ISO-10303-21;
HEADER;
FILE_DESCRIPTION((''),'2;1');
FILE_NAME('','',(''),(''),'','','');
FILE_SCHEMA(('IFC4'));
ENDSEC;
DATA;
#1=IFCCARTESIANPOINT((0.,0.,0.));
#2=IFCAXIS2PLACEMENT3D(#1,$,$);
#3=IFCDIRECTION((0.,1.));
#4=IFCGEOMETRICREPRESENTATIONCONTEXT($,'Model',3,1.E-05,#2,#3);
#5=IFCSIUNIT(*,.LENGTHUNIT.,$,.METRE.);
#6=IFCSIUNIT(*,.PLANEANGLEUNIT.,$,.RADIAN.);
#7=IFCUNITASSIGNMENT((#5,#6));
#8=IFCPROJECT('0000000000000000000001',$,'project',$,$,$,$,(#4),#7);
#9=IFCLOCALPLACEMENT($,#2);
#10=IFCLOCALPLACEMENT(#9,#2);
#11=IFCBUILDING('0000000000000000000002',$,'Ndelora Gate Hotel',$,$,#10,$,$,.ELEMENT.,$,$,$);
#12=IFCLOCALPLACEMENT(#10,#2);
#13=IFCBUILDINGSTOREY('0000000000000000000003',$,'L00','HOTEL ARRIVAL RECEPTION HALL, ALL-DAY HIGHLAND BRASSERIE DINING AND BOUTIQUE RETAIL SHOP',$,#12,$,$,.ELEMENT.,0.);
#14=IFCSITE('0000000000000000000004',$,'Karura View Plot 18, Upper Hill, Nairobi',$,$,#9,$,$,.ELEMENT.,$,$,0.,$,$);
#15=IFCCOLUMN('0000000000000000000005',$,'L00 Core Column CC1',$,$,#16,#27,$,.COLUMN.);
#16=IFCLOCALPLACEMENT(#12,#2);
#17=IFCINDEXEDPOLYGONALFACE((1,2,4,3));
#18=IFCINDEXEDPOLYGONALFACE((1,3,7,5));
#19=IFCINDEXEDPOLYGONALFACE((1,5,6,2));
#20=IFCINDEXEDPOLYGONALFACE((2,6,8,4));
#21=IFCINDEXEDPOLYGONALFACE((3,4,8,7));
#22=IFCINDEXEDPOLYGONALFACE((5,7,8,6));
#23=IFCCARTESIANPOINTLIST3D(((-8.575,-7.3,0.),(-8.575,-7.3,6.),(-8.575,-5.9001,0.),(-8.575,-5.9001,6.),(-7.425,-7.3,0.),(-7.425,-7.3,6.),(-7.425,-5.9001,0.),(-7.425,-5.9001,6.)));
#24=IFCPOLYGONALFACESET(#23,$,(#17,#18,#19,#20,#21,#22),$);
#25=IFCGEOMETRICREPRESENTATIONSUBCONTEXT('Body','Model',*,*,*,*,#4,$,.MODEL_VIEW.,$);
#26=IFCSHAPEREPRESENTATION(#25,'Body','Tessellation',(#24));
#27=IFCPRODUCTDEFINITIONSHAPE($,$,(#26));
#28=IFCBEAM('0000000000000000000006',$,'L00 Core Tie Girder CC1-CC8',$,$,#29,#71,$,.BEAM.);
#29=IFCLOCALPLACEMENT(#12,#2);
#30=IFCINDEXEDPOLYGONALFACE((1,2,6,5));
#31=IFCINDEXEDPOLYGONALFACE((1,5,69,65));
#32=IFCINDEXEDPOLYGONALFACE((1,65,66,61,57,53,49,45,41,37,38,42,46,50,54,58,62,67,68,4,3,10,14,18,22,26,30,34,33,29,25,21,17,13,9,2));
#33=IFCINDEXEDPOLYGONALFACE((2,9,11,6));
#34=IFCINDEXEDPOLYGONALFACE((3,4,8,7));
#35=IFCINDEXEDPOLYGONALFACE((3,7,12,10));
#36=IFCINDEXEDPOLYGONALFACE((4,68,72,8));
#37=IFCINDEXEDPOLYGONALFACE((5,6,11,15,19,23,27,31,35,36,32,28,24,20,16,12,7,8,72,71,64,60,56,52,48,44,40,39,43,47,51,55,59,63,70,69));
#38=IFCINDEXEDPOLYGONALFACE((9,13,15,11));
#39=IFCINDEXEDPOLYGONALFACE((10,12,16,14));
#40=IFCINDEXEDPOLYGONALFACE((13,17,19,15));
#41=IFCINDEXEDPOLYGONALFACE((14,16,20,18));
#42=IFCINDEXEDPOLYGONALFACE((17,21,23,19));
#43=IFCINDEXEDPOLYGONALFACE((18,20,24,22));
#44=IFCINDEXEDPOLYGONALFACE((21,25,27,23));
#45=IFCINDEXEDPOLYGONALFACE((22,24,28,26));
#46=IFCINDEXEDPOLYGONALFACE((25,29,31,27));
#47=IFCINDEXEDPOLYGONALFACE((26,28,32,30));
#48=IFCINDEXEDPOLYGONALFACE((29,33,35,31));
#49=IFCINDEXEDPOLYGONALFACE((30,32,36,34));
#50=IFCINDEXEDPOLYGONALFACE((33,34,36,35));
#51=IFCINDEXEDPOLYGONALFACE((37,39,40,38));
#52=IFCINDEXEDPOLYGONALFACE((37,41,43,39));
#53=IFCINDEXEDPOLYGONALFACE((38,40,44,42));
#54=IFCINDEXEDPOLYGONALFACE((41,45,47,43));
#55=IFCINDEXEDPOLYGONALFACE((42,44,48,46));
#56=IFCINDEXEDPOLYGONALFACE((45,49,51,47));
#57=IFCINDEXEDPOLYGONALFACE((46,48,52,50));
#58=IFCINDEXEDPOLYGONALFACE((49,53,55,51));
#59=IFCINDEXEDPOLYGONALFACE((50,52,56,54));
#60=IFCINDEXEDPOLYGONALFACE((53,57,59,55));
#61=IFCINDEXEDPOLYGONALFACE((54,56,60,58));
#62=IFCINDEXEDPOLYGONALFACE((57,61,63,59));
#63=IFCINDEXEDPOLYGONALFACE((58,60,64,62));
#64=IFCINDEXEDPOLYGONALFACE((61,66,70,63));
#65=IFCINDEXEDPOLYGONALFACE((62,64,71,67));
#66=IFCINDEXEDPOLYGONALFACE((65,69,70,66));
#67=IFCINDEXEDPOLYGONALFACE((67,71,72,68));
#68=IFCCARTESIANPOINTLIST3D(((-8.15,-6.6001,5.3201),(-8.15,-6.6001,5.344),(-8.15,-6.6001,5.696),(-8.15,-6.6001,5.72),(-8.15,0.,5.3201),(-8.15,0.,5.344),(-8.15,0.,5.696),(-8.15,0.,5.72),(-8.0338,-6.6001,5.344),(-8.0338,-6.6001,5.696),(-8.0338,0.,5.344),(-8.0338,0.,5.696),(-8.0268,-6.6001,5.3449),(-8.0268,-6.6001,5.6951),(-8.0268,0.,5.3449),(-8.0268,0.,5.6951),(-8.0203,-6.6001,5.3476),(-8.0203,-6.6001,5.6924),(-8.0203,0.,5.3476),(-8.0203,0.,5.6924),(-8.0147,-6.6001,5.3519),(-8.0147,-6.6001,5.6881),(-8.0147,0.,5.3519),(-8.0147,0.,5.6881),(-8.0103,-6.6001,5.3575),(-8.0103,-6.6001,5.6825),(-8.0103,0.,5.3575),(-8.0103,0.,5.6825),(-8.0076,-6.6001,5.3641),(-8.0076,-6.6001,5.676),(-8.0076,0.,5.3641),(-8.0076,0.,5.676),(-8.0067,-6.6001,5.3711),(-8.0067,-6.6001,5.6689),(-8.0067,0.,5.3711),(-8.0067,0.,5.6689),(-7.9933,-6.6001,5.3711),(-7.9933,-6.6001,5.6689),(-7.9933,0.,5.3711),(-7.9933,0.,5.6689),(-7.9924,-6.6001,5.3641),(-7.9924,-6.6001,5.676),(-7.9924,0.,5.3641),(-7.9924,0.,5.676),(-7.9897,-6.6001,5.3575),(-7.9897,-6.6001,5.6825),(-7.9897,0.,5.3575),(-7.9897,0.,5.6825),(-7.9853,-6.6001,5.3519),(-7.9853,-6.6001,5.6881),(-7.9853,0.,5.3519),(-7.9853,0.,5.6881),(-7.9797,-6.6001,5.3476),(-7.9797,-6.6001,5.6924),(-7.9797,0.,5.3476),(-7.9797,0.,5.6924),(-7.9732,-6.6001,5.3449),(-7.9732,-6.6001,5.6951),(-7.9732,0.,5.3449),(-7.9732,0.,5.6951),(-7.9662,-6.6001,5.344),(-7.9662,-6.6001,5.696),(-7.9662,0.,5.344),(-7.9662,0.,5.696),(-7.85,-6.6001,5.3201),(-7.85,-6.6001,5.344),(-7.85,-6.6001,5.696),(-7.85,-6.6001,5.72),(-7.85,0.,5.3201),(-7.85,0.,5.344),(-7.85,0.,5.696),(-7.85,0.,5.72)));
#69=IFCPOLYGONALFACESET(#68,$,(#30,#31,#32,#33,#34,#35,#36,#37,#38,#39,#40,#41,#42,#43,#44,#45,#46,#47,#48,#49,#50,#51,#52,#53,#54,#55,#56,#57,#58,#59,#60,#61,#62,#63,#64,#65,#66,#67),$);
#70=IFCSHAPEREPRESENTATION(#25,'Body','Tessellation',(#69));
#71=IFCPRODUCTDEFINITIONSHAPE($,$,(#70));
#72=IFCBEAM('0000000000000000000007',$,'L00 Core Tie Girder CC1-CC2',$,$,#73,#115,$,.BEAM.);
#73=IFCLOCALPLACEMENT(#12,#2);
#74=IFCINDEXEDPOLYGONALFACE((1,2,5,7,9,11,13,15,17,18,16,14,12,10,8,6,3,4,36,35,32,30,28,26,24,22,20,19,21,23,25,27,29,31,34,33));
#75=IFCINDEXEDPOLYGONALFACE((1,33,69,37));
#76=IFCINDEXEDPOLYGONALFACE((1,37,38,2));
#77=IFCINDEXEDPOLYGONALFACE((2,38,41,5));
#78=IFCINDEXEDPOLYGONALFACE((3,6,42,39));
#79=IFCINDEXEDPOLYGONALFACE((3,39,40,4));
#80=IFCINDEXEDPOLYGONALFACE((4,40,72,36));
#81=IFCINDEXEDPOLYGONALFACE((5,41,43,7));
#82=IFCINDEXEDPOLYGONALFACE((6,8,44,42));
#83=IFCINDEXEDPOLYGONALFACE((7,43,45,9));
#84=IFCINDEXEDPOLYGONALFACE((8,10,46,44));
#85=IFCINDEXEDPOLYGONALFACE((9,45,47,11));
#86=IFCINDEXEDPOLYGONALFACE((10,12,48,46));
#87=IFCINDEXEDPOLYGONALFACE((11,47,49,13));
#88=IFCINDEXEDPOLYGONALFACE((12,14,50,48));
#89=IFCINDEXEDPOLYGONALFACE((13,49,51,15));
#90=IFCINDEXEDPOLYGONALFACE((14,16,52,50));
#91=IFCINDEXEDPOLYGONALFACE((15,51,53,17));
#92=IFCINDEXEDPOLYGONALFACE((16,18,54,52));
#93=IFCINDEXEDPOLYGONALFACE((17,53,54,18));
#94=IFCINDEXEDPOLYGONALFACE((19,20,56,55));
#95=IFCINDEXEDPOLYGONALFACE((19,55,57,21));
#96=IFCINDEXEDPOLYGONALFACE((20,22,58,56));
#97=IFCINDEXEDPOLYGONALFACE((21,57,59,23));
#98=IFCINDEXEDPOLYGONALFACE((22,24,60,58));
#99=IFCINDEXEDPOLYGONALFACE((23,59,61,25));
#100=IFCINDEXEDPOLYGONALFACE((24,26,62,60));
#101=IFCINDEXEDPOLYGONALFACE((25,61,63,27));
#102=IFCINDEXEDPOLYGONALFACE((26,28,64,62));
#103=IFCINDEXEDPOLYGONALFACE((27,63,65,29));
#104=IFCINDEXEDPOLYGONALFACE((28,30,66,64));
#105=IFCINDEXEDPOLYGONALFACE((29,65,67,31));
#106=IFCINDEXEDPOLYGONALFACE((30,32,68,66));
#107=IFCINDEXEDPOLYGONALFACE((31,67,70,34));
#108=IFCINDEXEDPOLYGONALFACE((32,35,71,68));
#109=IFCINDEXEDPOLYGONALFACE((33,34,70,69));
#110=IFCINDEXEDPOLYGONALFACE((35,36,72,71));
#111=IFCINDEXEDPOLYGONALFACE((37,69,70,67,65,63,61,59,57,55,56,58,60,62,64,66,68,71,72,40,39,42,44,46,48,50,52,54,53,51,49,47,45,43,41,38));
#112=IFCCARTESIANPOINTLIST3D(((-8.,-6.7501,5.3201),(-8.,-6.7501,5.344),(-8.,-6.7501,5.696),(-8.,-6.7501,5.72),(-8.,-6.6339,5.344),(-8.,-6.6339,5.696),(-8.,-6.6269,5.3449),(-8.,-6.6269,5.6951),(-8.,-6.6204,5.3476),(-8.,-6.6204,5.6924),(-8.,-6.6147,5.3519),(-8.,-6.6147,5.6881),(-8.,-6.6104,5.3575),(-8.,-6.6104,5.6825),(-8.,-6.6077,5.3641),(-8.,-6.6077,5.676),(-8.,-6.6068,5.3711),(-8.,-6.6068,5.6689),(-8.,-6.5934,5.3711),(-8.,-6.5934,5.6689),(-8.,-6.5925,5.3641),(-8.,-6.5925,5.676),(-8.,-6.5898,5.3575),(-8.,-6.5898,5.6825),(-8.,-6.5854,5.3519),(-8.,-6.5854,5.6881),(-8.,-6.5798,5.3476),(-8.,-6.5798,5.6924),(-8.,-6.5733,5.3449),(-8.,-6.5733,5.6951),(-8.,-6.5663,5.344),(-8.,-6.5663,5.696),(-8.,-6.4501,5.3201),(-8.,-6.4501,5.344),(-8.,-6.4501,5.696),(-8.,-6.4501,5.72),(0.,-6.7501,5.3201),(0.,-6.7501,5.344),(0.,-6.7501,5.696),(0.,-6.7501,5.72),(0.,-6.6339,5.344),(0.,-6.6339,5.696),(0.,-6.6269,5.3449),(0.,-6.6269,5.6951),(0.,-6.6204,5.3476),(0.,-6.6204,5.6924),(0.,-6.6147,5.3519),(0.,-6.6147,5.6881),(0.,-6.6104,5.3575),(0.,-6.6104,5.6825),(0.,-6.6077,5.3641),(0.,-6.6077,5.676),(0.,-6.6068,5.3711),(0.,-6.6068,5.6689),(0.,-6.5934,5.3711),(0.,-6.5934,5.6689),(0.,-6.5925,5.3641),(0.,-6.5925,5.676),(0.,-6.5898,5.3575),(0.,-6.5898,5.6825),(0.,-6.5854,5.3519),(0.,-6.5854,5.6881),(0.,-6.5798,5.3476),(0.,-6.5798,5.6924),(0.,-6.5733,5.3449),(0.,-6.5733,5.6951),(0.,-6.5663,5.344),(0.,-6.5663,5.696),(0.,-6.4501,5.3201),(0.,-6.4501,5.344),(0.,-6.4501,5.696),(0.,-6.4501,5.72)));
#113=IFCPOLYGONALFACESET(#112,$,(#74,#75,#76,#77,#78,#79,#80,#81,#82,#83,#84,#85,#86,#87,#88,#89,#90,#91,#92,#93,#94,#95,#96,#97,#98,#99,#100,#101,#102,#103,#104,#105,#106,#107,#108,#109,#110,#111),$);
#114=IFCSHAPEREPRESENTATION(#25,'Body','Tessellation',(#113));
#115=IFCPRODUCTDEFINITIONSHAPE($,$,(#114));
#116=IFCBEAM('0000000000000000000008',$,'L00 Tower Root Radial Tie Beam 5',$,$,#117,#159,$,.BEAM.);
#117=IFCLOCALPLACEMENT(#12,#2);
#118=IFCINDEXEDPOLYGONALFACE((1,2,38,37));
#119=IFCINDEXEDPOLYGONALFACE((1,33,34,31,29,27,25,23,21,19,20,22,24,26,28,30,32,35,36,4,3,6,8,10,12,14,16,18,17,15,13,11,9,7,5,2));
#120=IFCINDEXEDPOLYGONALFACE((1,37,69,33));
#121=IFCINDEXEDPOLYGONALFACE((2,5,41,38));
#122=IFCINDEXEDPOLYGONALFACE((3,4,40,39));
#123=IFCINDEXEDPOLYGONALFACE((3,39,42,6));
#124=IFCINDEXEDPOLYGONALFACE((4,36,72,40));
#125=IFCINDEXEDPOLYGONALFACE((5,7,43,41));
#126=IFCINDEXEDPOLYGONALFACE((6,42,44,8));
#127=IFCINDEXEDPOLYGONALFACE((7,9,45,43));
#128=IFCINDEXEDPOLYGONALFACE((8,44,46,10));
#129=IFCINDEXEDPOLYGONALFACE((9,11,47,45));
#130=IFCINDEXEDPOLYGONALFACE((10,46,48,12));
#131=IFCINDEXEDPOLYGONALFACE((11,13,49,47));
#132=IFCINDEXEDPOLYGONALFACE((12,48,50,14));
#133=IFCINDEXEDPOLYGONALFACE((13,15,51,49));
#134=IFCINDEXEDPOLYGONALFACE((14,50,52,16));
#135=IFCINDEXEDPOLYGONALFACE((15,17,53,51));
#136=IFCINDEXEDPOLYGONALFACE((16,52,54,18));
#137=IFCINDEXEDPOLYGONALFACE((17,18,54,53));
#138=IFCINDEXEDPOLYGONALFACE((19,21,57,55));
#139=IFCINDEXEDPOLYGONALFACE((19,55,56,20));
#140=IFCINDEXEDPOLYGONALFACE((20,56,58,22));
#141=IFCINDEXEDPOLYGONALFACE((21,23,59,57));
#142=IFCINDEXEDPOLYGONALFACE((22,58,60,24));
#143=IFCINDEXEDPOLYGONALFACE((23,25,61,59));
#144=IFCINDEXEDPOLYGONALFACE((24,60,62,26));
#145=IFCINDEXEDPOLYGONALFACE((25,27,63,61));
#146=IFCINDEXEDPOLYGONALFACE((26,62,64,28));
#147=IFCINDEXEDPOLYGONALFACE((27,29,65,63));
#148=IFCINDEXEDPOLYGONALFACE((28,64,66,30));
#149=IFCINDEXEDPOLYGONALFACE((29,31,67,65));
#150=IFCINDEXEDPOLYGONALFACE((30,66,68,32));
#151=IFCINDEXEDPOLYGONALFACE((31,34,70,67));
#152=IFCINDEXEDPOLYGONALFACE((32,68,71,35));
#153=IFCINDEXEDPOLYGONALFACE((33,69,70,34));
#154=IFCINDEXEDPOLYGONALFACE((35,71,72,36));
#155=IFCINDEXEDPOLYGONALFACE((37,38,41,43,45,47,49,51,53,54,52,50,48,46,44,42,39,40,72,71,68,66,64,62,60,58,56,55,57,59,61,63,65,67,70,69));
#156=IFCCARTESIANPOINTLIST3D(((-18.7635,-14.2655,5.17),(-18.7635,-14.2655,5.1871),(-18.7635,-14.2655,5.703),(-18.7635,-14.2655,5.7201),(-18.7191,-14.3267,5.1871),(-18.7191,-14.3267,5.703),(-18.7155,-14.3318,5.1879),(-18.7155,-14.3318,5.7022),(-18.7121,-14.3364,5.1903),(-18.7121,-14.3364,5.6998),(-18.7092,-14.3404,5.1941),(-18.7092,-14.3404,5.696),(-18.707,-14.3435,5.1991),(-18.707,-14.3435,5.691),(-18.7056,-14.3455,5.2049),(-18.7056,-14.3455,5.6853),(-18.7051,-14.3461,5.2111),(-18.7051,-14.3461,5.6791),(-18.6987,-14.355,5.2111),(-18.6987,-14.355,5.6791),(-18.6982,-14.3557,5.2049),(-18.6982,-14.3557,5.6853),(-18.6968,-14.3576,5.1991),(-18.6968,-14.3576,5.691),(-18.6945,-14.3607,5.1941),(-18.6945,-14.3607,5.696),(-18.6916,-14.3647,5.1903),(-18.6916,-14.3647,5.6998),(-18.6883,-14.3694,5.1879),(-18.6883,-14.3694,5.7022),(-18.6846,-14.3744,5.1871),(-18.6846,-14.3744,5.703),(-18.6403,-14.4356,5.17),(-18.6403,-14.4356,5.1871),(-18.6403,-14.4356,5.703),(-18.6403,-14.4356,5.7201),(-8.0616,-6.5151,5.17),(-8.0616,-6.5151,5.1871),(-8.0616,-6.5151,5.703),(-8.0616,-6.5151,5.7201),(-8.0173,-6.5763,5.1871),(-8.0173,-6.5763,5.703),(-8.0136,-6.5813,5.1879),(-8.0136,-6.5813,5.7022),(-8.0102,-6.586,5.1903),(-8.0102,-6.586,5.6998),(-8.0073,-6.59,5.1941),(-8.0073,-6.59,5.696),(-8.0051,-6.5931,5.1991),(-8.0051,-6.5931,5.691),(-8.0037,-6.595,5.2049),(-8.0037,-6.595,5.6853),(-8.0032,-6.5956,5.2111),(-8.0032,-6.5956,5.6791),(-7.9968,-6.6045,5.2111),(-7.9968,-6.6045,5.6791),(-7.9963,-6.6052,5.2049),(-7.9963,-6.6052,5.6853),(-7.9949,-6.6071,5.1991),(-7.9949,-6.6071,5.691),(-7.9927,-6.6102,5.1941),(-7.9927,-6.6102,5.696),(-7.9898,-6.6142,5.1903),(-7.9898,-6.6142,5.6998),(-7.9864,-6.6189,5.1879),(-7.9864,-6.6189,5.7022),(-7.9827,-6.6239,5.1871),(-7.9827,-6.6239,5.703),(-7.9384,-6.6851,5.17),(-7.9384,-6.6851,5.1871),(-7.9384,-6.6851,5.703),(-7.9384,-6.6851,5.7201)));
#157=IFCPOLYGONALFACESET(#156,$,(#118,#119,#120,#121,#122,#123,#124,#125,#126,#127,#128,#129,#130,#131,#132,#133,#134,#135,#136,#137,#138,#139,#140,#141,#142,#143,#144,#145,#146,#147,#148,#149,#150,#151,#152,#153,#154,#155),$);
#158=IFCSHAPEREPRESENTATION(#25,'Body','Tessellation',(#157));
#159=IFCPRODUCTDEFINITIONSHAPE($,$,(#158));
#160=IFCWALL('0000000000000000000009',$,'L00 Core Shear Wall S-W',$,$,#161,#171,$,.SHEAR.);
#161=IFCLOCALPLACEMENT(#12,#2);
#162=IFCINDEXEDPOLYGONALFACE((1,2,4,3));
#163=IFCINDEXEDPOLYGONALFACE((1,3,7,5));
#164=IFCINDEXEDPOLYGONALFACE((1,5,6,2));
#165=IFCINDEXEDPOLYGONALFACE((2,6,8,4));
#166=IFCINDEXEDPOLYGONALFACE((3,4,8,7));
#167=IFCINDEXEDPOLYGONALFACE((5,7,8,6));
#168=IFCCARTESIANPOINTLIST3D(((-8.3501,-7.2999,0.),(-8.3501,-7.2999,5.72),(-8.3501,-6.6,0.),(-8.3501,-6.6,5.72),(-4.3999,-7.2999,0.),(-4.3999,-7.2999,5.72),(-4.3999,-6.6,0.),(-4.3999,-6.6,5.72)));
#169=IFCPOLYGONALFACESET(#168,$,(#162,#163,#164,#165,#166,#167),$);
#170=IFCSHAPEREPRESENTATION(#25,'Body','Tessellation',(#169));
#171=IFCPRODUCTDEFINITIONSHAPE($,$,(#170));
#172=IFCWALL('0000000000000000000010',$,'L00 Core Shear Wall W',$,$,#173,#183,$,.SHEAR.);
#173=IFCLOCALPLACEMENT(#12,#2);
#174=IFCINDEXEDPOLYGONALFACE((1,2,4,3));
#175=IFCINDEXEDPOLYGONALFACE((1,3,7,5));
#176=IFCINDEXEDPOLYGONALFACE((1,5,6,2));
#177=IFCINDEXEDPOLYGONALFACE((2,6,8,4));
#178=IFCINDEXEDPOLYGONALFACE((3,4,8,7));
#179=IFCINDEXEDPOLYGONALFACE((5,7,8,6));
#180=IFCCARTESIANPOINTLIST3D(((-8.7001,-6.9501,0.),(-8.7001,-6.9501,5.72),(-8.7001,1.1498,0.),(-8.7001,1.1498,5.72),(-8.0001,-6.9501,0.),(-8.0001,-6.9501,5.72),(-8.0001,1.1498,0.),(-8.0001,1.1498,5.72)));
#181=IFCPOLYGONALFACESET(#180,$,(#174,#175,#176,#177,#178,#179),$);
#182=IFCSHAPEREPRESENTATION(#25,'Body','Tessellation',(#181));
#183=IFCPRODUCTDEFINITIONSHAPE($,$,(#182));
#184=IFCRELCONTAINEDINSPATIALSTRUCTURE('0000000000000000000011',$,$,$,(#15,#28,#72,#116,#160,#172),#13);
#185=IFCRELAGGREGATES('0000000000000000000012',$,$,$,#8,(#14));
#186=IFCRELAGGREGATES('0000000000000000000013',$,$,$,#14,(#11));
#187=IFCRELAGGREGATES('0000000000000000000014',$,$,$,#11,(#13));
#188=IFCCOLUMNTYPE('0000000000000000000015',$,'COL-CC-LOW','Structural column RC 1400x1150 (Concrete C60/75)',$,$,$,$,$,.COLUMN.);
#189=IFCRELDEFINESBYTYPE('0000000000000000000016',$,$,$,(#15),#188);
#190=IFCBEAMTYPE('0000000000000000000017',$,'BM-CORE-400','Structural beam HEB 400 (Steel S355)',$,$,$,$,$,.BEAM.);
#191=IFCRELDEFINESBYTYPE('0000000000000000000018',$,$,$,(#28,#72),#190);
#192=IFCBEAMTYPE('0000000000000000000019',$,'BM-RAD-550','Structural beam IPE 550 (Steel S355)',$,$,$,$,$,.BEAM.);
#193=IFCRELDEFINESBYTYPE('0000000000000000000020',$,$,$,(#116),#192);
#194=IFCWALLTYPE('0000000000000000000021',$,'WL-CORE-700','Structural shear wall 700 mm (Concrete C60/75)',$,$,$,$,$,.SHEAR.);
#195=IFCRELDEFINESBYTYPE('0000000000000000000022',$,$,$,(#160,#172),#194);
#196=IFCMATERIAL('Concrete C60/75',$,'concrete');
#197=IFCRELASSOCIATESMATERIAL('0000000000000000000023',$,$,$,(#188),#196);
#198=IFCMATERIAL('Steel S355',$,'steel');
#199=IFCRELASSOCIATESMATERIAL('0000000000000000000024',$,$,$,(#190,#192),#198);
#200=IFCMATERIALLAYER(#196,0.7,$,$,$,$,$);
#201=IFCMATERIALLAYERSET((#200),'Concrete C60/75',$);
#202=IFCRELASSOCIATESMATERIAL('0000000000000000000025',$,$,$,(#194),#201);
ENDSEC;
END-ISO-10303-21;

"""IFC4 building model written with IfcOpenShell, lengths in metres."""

from ifc_helpers import new_model, si_unit, direction, frame, frame_2d, origin, origin_2d, place, context, subcontext, project, spatial, rectangle, i_section, extrude, material, layer, layer_set, material_profile, profile_set, type_object, element, save


model = new_model("IFC4")

# Units and contexts
model_context = context("Model", 3, precision=1e-05, world=origin(), true_north=direction((0.0, 1.0)))
body_context = subcontext(model_context, "Body", "Model", "MODEL_VIEW")
ifc_project = project(units=[si_unit("LENGTHUNIT", "METRE"), si_unit("PLANEANGLEUNIT", "RADIAN")], contexts=[model_context])

# Site, building, storey
site_placement = place(None, origin())
site = spatial("IfcSite", under=ifc_project, at=site_placement, Name="Karura View Plot 18, Upper Hill, Nairobi", CompositionType="ELEMENT", RefElevation=0.0)
building_placement = place(site_placement, origin())
building = spatial("IfcBuilding", under=site, at=building_placement, Name="Ndelora Gate Hotel", CompositionType="ELEMENT")
storey_placement = place(building_placement, origin())
storey = spatial("IfcBuildingStorey", under=building, at=storey_placement, Name="L00", Description="HOTEL ARRIVAL RECEPTION HALL, ALL-DAY HIGHLAND BRASSERIE DINING AND BOUTIQUE RETAIL SHOP", CompositionType="ELEMENT", Elevation=0.0)

# Column
ifc_material_1 = material(Name="Concrete C60/75", Category="concrete")
ifc_material_profile_1 = material_profile(ifc_material_1, rectangle(XDim=1.1499, YDim=1.3999, at=origin_2d()), Name="RC 1400x1150")
ifc_profile_set_1 = profile_set([ifc_material_profile_1], Name="Concrete C60/75")
column_type = type_object("IfcColumnType", Name="COL-CC-LOW", Description="Structural column RC 1400x1150 (Concrete C60/75)", PredefinedType="COLUMN", material=ifc_profile_set_1)
column_placement = place(storey_placement, frame((-8.0, -6.6001, 0.0), z_axis=(0.0, 0.0, 1.0), x_axis=(1.0, 0.0, 0.0)))
element("IfcColumn", 1, at=column_placement, inside=storey, type_object=column_type, Name="L00 Core Column CC1", PredefinedType="COLUMN", context=body_context, shape_type="SweptSolid", body=[
    extrude(rectangle(XDim=1.1499, YDim=1.3999, at=origin_2d()), origin(), (0.0, 0.0, 1.0), 6.0),
])

# Beams
ifc_material_2 = material(Name="Steel S355", Category="steel")
ifc_material_profile_2 = material_profile(ifc_material_2, i_section(OverallWidth=0.3, OverallDepth=0.3999, WebThickness=0.0134, FlangeThickness=0.0239, FilletRadius=0.0271, at=origin_2d()), Name="HEB 400")
ifc_profile_set_2 = profile_set([ifc_material_profile_2], Name="Steel S355")
beam_type_1 = type_object("IfcBeamType", Name="BM-CORE-400", Description="Structural beam HEB 400 (Steel S355)", PredefinedType="BEAM", material=ifc_profile_set_2)
beam_1_placement = place(storey_placement, frame((-8.0, -6.6001, 5.52), z_axis=(0.0, 1.0, 0.0), x_axis=(-1.0, 0.0, 0.0)))
element("IfcBeam", 2, at=beam_1_placement, inside=storey, type_object=beam_type_1, Name="L00 Core Tie Girder CC1-CC8", PredefinedType="BEAM", context=body_context, shape_type="SweptSolid", body=[
    extrude(i_section(OverallWidth=0.3, OverallDepth=0.3999, WebThickness=0.0134, FlangeThickness=0.0239, FilletRadius=0.0271, at=origin_2d()), origin(), (0.0, 0.0, 1.0), 6.6001),
])
beam_2_placement = place(storey_placement, frame((-8.0, -6.6001, 5.52), z_axis=(1.0, 0.0, 0.0), x_axis=(0.0, 1.0, 0.0)))
element("IfcBeam", 3, at=beam_2_placement, inside=storey, type_object=beam_type_1, Name="L00 Core Tie Girder CC1-CC2", PredefinedType="BEAM", context=body_context, shape_type="SweptSolid", body=[
    extrude(i_section(OverallWidth=0.3, OverallDepth=0.3999, WebThickness=0.0134, FlangeThickness=0.0239, FilletRadius=0.0271, at=origin_2d()), origin(), (0.0, 0.0, 1.0), 8.0),
])
ifc_material_profile_3 = material_profile(ifc_material_2, i_section(OverallWidth=0.21, OverallDepth=0.55, WebThickness=0.011, FlangeThickness=0.0171, FilletRadius=0.0239, at=origin_2d()), Name="IPE 550")
ifc_profile_set_3 = profile_set([ifc_material_profile_3], Name="Steel S355")
beam_type_2 = type_object("IfcBeamType", Name="BM-RAD-550", Description="Structural beam IPE 550 (Steel S355)", PredefinedType="BEAM", material=ifc_profile_set_3)
beam_3_placement = place(storey_placement, frame((-8.0, -6.6001, 5.4451), z_axis=(-0.809912, -0.586551, 0.0), x_axis=(0.586551, -0.809912, 0.0)))
element("IfcBeam", 4, at=beam_3_placement, inside=storey, type_object=beam_type_2, Name="L00 Tower Root Radial Tie Beam 5", PredefinedType="BEAM", context=body_context, shape_type="SweptSolid", body=[
    extrude(i_section(OverallWidth=0.21, OverallDepth=0.55, WebThickness=0.011, FlangeThickness=0.0171, FilletRadius=0.0239, at=origin_2d()), origin(), (0.0, 0.0, 1.0), 13.2136),
])

# Walls
ifc_layer_1 = layer(ifc_material_1, 0.7)
ifc_layer_set_1 = layer_set([ifc_layer_1], Name="Concrete C60/75")
wall_type_1 = type_object("IfcWallType", Name="WL-CORE-700", Description="Structural shear wall 700 mm (Concrete C60/75)", PredefinedType="SHEAR", material=ifc_layer_set_1)
wall_1_placement = place(storey_placement, frame((-8.3501, -6.95, 0.0), z_axis=(0.0, 0.0, 1.0), x_axis=(1.0, 0.0, 0.0)))
element("IfcWall", 5, at=wall_1_placement, inside=storey, type_object=wall_type_1, Name="L00 Core Shear Wall S-W", PredefinedType="SHEAR", context=body_context, shape_type="SweptSolid", body=[
    extrude(rectangle(XDim=3.9502, YDim=0.7, at=frame_2d((1.9751, 0.0))), origin(), (0.0, 0.0, 1.0), 5.72),
])
wall_2_placement = place(storey_placement, frame((-8.3501, -6.95, 0.0), z_axis=(0.0, 0.0, 1.0), x_axis=(0.0, 1.0, 0.0)))
element("IfcWall", 6, at=wall_2_placement, inside=storey, type_object=wall_type_1, Name="L00 Core Shear Wall W", PredefinedType="SHEAR", context=body_context, shape_type="SweptSolid", body=[
    extrude(rectangle(XDim=8.0999, YDim=0.7, at=frame_2d((4.0498, 0.0))), origin(), (0.0, 0.0, 1.0), 5.72),
])

save(model, "model.ifc")
